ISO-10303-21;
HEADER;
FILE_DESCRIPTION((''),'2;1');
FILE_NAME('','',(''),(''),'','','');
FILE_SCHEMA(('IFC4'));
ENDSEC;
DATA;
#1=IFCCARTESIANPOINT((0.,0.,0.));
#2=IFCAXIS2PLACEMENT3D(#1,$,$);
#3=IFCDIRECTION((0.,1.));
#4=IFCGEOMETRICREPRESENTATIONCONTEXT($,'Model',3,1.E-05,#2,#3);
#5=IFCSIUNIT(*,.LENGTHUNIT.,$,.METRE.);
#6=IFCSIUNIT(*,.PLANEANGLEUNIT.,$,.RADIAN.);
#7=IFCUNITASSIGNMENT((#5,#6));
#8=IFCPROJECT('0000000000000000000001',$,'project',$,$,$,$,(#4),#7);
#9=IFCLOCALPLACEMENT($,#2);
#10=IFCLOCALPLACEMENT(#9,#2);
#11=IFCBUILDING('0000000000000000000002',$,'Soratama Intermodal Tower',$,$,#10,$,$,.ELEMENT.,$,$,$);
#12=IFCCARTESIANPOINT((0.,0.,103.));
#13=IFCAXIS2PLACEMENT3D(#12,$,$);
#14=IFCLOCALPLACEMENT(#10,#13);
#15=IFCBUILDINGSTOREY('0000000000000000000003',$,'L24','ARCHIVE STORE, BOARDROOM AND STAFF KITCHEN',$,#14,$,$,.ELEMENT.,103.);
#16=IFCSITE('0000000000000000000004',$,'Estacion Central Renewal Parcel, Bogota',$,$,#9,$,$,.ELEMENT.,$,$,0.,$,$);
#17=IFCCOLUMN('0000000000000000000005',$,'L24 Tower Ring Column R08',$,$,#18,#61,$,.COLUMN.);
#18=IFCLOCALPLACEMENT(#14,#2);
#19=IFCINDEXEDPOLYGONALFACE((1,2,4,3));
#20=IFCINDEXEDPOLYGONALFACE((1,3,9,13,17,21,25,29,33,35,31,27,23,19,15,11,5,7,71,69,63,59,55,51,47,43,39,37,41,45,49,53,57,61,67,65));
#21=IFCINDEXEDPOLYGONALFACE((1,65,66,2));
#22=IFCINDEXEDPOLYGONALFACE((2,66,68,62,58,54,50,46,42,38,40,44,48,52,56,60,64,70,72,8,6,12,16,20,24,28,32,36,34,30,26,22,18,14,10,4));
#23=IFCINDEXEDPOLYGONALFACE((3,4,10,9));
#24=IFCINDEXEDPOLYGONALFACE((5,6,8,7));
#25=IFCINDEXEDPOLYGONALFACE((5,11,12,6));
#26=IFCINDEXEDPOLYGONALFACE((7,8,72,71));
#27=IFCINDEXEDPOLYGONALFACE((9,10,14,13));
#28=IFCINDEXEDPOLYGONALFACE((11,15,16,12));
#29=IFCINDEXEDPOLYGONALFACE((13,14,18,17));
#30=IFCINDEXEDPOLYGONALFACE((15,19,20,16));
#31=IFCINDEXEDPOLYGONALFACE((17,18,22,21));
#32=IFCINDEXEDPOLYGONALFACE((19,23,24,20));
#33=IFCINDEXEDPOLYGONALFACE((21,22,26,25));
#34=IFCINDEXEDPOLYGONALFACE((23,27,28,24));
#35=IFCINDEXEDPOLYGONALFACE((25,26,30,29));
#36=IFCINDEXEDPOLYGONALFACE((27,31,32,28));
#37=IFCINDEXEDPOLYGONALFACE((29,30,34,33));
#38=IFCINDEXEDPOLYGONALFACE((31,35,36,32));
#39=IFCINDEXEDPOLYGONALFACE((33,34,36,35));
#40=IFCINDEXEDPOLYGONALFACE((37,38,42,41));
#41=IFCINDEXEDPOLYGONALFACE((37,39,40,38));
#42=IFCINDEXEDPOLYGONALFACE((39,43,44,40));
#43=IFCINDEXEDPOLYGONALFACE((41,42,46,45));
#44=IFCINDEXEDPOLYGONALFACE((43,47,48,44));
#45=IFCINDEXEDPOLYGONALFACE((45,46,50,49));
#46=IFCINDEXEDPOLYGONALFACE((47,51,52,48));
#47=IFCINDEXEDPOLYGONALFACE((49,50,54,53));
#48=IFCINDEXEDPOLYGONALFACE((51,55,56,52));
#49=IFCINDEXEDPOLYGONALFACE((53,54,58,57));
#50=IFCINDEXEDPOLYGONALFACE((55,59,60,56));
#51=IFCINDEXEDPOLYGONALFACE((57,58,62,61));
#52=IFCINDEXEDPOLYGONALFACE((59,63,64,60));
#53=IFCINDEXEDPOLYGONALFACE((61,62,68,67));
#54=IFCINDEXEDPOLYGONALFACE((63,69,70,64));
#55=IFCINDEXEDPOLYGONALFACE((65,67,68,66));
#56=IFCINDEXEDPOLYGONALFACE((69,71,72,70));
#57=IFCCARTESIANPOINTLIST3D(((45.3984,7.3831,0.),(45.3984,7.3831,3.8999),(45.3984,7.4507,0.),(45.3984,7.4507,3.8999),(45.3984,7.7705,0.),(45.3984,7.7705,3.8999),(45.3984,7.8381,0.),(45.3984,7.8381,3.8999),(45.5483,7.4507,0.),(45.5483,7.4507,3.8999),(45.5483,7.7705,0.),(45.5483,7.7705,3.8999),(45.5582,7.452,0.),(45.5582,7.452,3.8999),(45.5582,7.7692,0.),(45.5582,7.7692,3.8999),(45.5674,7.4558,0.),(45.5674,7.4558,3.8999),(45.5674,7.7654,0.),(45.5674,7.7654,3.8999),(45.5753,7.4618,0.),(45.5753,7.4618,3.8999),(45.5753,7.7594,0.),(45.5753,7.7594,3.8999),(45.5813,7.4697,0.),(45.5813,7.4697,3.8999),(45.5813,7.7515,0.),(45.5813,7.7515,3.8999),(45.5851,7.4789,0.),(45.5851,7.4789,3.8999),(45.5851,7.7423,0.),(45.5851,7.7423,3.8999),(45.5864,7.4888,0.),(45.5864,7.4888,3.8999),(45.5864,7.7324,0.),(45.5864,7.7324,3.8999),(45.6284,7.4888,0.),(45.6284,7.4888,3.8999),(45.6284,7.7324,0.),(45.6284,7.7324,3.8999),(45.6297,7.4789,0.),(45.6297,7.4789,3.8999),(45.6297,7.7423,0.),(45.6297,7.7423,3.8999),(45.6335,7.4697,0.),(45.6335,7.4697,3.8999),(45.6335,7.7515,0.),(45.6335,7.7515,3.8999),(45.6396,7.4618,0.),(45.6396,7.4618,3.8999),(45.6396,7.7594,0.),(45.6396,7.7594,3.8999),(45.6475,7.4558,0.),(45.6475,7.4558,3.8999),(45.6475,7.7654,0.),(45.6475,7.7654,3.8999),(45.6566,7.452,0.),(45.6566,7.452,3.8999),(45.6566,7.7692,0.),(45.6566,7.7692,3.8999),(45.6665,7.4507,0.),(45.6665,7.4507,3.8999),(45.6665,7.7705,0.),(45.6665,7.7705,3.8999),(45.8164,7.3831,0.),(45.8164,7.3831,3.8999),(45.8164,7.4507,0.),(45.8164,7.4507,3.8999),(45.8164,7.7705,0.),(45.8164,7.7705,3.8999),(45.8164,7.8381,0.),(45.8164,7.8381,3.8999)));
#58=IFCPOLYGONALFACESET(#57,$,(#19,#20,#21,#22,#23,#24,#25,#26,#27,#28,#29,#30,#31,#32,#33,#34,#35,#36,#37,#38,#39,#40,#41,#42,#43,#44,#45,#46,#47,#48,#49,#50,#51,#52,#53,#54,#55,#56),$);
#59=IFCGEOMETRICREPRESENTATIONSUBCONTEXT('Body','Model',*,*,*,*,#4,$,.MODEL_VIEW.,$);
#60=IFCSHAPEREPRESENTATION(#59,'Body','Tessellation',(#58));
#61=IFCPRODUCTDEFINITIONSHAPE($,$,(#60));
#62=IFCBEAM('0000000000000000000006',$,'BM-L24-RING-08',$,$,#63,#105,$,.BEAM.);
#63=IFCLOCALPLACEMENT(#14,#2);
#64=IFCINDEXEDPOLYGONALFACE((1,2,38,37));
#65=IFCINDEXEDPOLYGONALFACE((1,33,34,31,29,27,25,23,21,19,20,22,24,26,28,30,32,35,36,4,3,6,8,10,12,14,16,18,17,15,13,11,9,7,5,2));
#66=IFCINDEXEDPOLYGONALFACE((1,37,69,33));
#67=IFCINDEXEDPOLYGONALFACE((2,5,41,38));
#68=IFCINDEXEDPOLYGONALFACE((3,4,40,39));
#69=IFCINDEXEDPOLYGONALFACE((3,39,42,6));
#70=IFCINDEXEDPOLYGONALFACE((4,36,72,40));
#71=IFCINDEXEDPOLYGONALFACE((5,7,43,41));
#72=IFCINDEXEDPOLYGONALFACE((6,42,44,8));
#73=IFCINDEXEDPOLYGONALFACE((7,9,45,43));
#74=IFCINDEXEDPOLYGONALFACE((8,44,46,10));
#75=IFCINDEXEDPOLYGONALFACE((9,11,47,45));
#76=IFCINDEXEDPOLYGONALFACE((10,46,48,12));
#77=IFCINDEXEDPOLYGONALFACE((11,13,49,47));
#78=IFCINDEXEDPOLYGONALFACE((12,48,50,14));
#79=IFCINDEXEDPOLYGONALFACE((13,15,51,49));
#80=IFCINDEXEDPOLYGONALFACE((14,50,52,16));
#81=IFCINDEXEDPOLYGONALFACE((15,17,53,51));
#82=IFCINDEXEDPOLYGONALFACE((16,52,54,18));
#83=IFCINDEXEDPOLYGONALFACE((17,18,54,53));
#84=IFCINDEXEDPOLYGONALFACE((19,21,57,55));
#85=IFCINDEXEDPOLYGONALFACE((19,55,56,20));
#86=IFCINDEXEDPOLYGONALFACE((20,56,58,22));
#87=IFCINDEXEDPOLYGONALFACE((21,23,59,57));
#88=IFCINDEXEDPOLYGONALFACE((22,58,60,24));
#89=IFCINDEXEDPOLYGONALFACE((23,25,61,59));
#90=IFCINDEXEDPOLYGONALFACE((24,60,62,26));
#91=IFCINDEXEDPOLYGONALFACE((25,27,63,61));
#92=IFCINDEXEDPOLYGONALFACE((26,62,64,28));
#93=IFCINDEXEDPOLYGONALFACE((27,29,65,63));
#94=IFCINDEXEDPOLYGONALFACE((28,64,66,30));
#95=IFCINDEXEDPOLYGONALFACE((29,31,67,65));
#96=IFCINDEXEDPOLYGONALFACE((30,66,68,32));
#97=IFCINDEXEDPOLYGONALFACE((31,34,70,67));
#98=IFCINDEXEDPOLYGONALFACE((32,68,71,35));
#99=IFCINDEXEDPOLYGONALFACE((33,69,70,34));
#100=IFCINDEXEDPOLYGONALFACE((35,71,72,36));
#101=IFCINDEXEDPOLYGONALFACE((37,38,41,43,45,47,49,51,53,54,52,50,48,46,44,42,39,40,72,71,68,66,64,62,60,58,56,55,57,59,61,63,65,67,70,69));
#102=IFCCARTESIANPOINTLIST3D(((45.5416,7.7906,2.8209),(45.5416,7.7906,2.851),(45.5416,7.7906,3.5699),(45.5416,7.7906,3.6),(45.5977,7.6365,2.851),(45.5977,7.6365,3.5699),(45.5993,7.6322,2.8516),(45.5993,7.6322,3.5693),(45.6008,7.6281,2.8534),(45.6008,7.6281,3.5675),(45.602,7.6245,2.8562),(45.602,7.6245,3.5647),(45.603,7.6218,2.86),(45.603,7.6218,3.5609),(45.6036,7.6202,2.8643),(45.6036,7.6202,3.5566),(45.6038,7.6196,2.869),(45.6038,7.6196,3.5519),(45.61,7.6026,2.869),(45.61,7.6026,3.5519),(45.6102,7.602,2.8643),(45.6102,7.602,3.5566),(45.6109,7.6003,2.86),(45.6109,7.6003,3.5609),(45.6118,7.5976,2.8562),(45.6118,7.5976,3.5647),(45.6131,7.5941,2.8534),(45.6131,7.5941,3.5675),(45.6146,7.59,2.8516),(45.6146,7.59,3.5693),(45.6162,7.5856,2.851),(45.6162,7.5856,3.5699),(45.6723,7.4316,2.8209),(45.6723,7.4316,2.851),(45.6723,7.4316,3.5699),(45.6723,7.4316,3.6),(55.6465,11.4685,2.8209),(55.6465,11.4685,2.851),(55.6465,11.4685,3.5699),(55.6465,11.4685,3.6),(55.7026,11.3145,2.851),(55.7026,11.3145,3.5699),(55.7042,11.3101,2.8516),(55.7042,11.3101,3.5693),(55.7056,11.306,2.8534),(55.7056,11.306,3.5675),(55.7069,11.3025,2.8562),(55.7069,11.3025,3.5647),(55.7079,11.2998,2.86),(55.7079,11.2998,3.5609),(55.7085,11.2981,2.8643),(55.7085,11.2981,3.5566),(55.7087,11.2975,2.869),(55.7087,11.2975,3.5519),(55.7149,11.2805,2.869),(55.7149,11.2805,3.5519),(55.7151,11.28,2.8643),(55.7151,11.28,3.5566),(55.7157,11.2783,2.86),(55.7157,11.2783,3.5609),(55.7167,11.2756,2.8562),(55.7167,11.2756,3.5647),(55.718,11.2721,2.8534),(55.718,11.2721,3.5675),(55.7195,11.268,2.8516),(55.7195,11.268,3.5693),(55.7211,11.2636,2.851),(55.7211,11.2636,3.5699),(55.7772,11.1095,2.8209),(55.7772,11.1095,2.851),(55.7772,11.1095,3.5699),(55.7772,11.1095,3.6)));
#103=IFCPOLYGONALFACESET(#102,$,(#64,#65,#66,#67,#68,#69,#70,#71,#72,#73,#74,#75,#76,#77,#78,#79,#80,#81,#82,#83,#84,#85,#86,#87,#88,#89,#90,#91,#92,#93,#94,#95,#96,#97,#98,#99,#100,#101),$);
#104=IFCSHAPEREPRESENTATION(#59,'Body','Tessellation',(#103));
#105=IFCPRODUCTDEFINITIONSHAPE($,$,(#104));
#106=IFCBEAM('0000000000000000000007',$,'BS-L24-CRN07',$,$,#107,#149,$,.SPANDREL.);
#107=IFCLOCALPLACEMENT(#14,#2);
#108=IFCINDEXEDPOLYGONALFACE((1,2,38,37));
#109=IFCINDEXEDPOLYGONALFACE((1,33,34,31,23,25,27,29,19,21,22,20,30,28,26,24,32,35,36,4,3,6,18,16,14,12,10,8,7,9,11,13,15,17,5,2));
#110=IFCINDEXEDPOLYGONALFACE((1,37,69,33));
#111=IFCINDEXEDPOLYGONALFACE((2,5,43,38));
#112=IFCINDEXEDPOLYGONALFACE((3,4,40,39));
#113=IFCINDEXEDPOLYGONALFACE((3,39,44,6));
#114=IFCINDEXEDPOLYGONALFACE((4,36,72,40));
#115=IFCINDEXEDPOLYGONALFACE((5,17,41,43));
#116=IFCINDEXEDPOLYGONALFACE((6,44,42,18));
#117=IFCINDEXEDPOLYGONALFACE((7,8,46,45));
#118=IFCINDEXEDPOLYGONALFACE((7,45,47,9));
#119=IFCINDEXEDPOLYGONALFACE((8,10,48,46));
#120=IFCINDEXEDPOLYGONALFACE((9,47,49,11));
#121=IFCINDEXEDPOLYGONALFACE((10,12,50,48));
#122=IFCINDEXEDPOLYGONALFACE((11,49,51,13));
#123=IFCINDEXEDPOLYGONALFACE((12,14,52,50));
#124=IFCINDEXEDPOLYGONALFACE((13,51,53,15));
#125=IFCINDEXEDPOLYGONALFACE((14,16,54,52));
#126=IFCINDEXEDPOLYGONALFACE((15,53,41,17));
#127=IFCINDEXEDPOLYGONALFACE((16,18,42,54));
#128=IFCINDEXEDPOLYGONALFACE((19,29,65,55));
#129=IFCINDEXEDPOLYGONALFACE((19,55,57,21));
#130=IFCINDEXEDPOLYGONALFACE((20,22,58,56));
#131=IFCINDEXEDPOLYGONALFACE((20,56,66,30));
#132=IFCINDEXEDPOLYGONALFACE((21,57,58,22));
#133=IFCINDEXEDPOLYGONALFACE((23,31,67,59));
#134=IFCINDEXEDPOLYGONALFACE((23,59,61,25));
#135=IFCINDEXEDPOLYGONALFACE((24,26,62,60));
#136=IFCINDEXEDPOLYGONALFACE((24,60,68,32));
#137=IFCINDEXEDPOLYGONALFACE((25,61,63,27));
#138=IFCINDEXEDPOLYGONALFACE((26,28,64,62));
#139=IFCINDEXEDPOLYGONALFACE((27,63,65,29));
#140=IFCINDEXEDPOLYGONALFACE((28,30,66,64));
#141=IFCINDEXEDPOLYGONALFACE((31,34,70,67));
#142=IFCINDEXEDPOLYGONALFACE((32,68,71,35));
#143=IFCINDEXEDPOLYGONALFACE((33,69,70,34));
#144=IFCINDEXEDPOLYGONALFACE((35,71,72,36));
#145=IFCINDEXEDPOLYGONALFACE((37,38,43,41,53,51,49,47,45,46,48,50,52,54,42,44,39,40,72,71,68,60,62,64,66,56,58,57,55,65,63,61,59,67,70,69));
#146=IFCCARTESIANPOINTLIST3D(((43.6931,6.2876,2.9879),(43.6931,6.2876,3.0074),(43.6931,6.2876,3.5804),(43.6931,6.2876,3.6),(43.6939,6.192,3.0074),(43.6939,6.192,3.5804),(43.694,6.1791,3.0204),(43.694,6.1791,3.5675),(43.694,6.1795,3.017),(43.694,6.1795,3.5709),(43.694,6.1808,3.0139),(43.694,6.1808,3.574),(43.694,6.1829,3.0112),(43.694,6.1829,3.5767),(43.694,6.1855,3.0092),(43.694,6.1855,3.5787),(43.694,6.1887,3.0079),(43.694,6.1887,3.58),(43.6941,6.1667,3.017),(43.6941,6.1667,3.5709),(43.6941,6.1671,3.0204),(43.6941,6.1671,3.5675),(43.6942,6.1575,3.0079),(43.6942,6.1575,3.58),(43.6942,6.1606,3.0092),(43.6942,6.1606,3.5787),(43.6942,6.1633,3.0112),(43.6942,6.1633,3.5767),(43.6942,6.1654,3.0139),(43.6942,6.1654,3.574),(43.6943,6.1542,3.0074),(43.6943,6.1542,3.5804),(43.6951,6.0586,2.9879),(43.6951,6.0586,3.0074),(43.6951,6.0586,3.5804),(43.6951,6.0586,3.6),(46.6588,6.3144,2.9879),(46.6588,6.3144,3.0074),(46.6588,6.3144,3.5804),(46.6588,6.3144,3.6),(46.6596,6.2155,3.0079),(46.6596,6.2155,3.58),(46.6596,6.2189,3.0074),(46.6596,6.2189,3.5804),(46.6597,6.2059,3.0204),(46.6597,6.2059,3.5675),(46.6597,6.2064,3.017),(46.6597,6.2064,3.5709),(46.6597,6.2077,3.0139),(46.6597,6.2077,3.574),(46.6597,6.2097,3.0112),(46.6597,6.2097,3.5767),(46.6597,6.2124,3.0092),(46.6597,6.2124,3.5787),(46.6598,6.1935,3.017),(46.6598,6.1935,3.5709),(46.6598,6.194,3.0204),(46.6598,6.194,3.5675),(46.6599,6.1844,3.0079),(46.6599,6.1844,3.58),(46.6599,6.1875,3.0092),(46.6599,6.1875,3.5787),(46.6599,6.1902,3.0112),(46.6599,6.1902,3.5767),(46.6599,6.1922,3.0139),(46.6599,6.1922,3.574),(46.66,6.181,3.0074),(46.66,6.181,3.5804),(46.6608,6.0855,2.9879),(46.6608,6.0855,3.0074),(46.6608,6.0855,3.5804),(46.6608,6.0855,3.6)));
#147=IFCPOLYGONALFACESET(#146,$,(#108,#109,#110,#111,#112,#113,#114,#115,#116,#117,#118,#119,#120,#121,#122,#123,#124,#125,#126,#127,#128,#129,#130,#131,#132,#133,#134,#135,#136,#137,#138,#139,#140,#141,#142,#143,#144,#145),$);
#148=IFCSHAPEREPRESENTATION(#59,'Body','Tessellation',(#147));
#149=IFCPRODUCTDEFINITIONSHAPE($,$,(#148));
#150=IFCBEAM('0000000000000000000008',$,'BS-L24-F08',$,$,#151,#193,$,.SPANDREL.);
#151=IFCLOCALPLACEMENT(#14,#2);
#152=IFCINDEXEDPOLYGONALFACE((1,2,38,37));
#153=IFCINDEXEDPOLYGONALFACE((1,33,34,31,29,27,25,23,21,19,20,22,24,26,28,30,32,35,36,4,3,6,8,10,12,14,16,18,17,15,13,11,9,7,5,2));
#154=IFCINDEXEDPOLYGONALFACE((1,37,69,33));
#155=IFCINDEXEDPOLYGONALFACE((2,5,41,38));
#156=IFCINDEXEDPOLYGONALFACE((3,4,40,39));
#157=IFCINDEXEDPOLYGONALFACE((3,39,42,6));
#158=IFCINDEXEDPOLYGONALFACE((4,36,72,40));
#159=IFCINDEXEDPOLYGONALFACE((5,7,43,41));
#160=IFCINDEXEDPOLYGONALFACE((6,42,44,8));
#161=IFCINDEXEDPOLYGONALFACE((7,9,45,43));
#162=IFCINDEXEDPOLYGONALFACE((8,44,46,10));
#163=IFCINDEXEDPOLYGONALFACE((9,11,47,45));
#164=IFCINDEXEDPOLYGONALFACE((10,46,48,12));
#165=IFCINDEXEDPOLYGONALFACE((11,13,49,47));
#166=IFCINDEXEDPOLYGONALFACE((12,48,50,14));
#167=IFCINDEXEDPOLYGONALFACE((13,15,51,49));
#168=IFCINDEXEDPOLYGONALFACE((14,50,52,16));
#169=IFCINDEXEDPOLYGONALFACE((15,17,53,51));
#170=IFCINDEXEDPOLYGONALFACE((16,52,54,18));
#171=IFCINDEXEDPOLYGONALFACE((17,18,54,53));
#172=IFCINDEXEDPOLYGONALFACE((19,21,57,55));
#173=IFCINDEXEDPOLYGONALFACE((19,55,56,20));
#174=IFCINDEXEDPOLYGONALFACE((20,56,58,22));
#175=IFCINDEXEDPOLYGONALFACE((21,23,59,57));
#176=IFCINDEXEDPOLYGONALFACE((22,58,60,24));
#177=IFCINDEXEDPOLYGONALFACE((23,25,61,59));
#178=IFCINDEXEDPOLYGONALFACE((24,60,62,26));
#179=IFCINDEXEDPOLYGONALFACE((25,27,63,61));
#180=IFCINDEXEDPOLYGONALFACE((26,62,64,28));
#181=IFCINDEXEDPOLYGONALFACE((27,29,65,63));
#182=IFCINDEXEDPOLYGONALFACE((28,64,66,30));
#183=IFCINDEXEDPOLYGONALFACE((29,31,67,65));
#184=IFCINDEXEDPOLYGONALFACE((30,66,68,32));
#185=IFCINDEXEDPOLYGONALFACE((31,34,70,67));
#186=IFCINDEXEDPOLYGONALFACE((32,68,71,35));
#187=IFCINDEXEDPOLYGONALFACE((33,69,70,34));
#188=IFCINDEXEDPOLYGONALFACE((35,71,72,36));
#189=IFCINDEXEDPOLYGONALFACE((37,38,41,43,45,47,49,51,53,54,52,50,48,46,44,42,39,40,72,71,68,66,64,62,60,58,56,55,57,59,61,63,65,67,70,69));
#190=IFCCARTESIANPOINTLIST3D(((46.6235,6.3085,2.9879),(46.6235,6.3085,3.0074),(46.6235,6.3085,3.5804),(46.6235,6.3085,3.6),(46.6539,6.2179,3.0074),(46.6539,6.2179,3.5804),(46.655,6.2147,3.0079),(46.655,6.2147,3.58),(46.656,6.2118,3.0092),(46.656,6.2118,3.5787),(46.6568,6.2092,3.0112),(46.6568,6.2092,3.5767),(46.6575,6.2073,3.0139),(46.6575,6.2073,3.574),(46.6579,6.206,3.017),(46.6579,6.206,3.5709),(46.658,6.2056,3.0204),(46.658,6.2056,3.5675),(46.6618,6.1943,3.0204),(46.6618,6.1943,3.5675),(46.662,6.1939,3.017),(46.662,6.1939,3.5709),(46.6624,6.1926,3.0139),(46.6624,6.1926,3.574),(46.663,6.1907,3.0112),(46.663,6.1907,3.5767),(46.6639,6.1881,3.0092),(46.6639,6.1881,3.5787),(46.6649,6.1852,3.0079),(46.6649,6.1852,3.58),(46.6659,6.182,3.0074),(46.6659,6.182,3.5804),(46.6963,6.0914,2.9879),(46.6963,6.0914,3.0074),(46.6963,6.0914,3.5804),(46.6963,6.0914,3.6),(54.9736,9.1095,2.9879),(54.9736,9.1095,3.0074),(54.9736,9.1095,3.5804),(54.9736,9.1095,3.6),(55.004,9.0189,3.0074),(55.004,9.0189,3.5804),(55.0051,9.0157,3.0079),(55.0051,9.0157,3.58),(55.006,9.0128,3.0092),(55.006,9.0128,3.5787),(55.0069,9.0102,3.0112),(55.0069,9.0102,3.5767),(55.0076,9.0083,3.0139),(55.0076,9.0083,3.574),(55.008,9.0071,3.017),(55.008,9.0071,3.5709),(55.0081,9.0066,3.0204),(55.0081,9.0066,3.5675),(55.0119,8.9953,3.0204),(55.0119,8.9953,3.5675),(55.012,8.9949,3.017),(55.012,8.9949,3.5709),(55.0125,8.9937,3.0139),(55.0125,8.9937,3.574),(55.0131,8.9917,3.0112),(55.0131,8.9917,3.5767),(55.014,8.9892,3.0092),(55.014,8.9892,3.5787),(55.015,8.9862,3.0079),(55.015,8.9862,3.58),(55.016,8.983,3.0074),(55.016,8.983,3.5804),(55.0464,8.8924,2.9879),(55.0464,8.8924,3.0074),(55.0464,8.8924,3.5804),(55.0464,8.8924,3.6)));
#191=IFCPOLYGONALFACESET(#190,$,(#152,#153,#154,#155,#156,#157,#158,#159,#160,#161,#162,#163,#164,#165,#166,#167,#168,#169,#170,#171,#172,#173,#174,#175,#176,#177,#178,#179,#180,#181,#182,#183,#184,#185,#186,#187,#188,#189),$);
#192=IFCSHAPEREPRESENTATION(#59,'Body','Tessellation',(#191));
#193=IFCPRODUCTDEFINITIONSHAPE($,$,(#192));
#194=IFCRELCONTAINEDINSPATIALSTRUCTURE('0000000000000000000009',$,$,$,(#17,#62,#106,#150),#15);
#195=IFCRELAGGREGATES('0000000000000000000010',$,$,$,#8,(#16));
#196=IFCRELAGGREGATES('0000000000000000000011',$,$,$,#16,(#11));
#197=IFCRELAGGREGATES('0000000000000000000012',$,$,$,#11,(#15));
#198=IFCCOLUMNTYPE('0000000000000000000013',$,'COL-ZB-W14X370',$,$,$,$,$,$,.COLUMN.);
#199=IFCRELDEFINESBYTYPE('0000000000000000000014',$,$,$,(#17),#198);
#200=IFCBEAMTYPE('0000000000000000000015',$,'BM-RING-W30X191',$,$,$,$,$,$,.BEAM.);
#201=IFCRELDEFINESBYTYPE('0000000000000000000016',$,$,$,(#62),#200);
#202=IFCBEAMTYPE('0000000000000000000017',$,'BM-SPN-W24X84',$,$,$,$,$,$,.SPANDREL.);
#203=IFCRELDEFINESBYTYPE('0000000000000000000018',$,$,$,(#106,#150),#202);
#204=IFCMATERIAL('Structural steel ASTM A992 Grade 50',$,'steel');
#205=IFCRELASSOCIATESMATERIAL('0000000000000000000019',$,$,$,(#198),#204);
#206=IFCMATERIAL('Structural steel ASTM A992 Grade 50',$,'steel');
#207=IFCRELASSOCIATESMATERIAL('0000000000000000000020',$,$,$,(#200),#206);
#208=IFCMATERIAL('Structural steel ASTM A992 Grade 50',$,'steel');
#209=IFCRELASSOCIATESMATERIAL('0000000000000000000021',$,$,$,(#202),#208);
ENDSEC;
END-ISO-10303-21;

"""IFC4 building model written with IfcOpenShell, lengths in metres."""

from ifc_helpers import new_model, si_unit, direction, frame, origin, origin_2d, place, context, subcontext, project, spatial, i_section, extrude, material, material_profile, profile_set, type_object, element, save


model = new_model("IFC4")

# Units and contexts
model_context = context("Model", 3, precision=1e-05, world=origin(), true_north=direction((0.0, 1.0)))
body_context = subcontext(model_context, "Body", "Model", "MODEL_VIEW")
ifc_project = project(units=[si_unit("LENGTHUNIT", "METRE"), si_unit("PLANEANGLEUNIT", "RADIAN")], contexts=[model_context])

# Site, building, storey
site_placement = place(None, origin())
site = spatial("IfcSite", under=ifc_project, at=site_placement, Name="Estacion Central Renewal Parcel, Bogota", CompositionType="ELEMENT", RefElevation=0.0)
building_placement = place(site_placement, origin())
building = spatial("IfcBuilding", under=site, at=building_placement, Name="Soratama Intermodal Tower", CompositionType="ELEMENT")
storey_placement = place(building_placement, frame((0.0, 0.0, 103.0)))
storey = spatial("IfcBuildingStorey", under=building, at=storey_placement, Name="L24", Description="ARCHIVE STORE, BOARDROOM AND STAFF KITCHEN", CompositionType="ELEMENT", Elevation=103.0)

# Column
ifc_material_1 = material(Name="Structural steel ASTM A992 Grade 50", Category="steel")
ifc_material_profile_1 = material_profile(ifc_material_1, i_section(OverallWidth=0.418, OverallDepth=0.4551, WebThickness=0.042, FlangeThickness=0.0676, FilletRadius=0.0381, at=origin_2d()), Name="W14X370")
ifc_profile_set_1 = profile_set([ifc_material_profile_1], Name="Structural steel ASTM A992 Grade 50")
column_type = type_object("IfcColumnType", Name="COL-ZB-W14X370", PredefinedType="COLUMN", material=ifc_profile_set_1)
column_placement = place(storey_placement, frame((45.6074, 7.6106, 0.0), z_axis=(0.0, 0.0, 1.0), x_axis=(1.0, 0.0, 0.0)))
element("IfcColumn", 1, at=column_placement, inside=storey, type_object=column_type, Name="L24 Tower Ring Column R08", PredefinedType="COLUMN", context=body_context, shape_type="SweptSolid", body=[
    extrude(i_section(OverallWidth=0.418, OverallDepth=0.4551, WebThickness=0.042, FlangeThickness=0.0676, FilletRadius=0.0381, at=origin_2d()), origin(), (0.0, 0.0, 1.0), 3.8999),
])

# Beams
ifc_material_2 = material(Name="Structural steel ASTM A992 Grade 50", Category="steel")
ifc_material_profile_2 = material_profile(ifc_material_2, i_section(OverallWidth=0.3821, OverallDepth=0.7791, WebThickness=0.0181, FlangeThickness=0.03, FilletRadius=0.0181, at=origin_2d()), Name="W30X191")
ifc_profile_set_2 = profile_set([ifc_material_profile_2], Name="Structural steel ASTM A992 Grade 50")
beam_type_1 = type_object("IfcBeamType", Name="BM-RING-W30X191", PredefinedType="BEAM", material=ifc_profile_set_2)
beam_1_placement = place(storey_placement, frame((45.6069, 7.6111, 3.2104), z_axis=(0.939691, 0.342026, 0.0), x_axis=(-0.342026, 0.939691, 0.0)))
element("IfcBeam", 2, at=beam_1_placement, inside=storey, type_object=beam_type_1, Name="BM-L24-RING-08", PredefinedType="BEAM", context=body_context, shape_type="SweptSolid", body=[
    extrude(i_section(OverallWidth=0.3821, OverallDepth=0.7791, WebThickness=0.0181, FlangeThickness=0.03, FilletRadius=0.0181, at=origin_2d()), origin(), (0.0, 0.0, 1.0), 10.7534),
])
ifc_material_3 = material(Name="Structural steel ASTM A992 Grade 50", Category="steel")
ifc_material_profile_3 = material_profile(ifc_material_3, i_section(OverallWidth=0.229, OverallDepth=0.6121, WebThickness=0.012, FlangeThickness=0.0195, FilletRadius=0.0129, at=origin_2d()), Name="W24X84")
ifc_profile_set_3 = profile_set([ifc_material_profile_3], Name="Structural steel ASTM A992 Grade 50")
beam_type_2 = type_object("IfcBeamType", Name="BM-SPN-W24X84", PredefinedType="SPANDREL", material=ifc_profile_set_3)
beam_2_placement = place(storey_placement, frame((43.6941, 6.1731, 3.2939), z_axis=(0.999959, 0.009055, 0.0), x_axis=(-0.009055, 0.999959, 0.0)))
element("IfcBeam", 3, at=beam_2_placement, inside=storey, type_object=beam_type_2, Name="BS-L24-CRN07", PredefinedType="SPANDREL", context=body_context, shape_type="SweptSolid", body=[
    extrude(i_section(OverallWidth=0.229, OverallDepth=0.6121, WebThickness=0.012, FlangeThickness=0.0195, FilletRadius=0.0129, at=origin_2d()), origin(), (0.0, 0.0, 1.0), 2.9658),
])
beam_3_placement = place(storey_placement, frame((46.6599, 6.2, 3.2939), z_axis=(0.94808, 0.318032, 0.0), x_axis=(-0.318032, 0.94808, 0.0)))
element("IfcBeam", 4, at=beam_3_placement, inside=storey, type_object=beam_type_2, Name="BS-L24-F08", PredefinedType="SPANDREL", context=body_context, shape_type="SweptSolid", body=[
    extrude(i_section(OverallWidth=0.229, OverallDepth=0.6121, WebThickness=0.012, FlangeThickness=0.0195, FilletRadius=0.0129, at=origin_2d()), origin(), (0.0, 0.0, 1.0), 8.8074),
])

save(model, "model.ifc")
